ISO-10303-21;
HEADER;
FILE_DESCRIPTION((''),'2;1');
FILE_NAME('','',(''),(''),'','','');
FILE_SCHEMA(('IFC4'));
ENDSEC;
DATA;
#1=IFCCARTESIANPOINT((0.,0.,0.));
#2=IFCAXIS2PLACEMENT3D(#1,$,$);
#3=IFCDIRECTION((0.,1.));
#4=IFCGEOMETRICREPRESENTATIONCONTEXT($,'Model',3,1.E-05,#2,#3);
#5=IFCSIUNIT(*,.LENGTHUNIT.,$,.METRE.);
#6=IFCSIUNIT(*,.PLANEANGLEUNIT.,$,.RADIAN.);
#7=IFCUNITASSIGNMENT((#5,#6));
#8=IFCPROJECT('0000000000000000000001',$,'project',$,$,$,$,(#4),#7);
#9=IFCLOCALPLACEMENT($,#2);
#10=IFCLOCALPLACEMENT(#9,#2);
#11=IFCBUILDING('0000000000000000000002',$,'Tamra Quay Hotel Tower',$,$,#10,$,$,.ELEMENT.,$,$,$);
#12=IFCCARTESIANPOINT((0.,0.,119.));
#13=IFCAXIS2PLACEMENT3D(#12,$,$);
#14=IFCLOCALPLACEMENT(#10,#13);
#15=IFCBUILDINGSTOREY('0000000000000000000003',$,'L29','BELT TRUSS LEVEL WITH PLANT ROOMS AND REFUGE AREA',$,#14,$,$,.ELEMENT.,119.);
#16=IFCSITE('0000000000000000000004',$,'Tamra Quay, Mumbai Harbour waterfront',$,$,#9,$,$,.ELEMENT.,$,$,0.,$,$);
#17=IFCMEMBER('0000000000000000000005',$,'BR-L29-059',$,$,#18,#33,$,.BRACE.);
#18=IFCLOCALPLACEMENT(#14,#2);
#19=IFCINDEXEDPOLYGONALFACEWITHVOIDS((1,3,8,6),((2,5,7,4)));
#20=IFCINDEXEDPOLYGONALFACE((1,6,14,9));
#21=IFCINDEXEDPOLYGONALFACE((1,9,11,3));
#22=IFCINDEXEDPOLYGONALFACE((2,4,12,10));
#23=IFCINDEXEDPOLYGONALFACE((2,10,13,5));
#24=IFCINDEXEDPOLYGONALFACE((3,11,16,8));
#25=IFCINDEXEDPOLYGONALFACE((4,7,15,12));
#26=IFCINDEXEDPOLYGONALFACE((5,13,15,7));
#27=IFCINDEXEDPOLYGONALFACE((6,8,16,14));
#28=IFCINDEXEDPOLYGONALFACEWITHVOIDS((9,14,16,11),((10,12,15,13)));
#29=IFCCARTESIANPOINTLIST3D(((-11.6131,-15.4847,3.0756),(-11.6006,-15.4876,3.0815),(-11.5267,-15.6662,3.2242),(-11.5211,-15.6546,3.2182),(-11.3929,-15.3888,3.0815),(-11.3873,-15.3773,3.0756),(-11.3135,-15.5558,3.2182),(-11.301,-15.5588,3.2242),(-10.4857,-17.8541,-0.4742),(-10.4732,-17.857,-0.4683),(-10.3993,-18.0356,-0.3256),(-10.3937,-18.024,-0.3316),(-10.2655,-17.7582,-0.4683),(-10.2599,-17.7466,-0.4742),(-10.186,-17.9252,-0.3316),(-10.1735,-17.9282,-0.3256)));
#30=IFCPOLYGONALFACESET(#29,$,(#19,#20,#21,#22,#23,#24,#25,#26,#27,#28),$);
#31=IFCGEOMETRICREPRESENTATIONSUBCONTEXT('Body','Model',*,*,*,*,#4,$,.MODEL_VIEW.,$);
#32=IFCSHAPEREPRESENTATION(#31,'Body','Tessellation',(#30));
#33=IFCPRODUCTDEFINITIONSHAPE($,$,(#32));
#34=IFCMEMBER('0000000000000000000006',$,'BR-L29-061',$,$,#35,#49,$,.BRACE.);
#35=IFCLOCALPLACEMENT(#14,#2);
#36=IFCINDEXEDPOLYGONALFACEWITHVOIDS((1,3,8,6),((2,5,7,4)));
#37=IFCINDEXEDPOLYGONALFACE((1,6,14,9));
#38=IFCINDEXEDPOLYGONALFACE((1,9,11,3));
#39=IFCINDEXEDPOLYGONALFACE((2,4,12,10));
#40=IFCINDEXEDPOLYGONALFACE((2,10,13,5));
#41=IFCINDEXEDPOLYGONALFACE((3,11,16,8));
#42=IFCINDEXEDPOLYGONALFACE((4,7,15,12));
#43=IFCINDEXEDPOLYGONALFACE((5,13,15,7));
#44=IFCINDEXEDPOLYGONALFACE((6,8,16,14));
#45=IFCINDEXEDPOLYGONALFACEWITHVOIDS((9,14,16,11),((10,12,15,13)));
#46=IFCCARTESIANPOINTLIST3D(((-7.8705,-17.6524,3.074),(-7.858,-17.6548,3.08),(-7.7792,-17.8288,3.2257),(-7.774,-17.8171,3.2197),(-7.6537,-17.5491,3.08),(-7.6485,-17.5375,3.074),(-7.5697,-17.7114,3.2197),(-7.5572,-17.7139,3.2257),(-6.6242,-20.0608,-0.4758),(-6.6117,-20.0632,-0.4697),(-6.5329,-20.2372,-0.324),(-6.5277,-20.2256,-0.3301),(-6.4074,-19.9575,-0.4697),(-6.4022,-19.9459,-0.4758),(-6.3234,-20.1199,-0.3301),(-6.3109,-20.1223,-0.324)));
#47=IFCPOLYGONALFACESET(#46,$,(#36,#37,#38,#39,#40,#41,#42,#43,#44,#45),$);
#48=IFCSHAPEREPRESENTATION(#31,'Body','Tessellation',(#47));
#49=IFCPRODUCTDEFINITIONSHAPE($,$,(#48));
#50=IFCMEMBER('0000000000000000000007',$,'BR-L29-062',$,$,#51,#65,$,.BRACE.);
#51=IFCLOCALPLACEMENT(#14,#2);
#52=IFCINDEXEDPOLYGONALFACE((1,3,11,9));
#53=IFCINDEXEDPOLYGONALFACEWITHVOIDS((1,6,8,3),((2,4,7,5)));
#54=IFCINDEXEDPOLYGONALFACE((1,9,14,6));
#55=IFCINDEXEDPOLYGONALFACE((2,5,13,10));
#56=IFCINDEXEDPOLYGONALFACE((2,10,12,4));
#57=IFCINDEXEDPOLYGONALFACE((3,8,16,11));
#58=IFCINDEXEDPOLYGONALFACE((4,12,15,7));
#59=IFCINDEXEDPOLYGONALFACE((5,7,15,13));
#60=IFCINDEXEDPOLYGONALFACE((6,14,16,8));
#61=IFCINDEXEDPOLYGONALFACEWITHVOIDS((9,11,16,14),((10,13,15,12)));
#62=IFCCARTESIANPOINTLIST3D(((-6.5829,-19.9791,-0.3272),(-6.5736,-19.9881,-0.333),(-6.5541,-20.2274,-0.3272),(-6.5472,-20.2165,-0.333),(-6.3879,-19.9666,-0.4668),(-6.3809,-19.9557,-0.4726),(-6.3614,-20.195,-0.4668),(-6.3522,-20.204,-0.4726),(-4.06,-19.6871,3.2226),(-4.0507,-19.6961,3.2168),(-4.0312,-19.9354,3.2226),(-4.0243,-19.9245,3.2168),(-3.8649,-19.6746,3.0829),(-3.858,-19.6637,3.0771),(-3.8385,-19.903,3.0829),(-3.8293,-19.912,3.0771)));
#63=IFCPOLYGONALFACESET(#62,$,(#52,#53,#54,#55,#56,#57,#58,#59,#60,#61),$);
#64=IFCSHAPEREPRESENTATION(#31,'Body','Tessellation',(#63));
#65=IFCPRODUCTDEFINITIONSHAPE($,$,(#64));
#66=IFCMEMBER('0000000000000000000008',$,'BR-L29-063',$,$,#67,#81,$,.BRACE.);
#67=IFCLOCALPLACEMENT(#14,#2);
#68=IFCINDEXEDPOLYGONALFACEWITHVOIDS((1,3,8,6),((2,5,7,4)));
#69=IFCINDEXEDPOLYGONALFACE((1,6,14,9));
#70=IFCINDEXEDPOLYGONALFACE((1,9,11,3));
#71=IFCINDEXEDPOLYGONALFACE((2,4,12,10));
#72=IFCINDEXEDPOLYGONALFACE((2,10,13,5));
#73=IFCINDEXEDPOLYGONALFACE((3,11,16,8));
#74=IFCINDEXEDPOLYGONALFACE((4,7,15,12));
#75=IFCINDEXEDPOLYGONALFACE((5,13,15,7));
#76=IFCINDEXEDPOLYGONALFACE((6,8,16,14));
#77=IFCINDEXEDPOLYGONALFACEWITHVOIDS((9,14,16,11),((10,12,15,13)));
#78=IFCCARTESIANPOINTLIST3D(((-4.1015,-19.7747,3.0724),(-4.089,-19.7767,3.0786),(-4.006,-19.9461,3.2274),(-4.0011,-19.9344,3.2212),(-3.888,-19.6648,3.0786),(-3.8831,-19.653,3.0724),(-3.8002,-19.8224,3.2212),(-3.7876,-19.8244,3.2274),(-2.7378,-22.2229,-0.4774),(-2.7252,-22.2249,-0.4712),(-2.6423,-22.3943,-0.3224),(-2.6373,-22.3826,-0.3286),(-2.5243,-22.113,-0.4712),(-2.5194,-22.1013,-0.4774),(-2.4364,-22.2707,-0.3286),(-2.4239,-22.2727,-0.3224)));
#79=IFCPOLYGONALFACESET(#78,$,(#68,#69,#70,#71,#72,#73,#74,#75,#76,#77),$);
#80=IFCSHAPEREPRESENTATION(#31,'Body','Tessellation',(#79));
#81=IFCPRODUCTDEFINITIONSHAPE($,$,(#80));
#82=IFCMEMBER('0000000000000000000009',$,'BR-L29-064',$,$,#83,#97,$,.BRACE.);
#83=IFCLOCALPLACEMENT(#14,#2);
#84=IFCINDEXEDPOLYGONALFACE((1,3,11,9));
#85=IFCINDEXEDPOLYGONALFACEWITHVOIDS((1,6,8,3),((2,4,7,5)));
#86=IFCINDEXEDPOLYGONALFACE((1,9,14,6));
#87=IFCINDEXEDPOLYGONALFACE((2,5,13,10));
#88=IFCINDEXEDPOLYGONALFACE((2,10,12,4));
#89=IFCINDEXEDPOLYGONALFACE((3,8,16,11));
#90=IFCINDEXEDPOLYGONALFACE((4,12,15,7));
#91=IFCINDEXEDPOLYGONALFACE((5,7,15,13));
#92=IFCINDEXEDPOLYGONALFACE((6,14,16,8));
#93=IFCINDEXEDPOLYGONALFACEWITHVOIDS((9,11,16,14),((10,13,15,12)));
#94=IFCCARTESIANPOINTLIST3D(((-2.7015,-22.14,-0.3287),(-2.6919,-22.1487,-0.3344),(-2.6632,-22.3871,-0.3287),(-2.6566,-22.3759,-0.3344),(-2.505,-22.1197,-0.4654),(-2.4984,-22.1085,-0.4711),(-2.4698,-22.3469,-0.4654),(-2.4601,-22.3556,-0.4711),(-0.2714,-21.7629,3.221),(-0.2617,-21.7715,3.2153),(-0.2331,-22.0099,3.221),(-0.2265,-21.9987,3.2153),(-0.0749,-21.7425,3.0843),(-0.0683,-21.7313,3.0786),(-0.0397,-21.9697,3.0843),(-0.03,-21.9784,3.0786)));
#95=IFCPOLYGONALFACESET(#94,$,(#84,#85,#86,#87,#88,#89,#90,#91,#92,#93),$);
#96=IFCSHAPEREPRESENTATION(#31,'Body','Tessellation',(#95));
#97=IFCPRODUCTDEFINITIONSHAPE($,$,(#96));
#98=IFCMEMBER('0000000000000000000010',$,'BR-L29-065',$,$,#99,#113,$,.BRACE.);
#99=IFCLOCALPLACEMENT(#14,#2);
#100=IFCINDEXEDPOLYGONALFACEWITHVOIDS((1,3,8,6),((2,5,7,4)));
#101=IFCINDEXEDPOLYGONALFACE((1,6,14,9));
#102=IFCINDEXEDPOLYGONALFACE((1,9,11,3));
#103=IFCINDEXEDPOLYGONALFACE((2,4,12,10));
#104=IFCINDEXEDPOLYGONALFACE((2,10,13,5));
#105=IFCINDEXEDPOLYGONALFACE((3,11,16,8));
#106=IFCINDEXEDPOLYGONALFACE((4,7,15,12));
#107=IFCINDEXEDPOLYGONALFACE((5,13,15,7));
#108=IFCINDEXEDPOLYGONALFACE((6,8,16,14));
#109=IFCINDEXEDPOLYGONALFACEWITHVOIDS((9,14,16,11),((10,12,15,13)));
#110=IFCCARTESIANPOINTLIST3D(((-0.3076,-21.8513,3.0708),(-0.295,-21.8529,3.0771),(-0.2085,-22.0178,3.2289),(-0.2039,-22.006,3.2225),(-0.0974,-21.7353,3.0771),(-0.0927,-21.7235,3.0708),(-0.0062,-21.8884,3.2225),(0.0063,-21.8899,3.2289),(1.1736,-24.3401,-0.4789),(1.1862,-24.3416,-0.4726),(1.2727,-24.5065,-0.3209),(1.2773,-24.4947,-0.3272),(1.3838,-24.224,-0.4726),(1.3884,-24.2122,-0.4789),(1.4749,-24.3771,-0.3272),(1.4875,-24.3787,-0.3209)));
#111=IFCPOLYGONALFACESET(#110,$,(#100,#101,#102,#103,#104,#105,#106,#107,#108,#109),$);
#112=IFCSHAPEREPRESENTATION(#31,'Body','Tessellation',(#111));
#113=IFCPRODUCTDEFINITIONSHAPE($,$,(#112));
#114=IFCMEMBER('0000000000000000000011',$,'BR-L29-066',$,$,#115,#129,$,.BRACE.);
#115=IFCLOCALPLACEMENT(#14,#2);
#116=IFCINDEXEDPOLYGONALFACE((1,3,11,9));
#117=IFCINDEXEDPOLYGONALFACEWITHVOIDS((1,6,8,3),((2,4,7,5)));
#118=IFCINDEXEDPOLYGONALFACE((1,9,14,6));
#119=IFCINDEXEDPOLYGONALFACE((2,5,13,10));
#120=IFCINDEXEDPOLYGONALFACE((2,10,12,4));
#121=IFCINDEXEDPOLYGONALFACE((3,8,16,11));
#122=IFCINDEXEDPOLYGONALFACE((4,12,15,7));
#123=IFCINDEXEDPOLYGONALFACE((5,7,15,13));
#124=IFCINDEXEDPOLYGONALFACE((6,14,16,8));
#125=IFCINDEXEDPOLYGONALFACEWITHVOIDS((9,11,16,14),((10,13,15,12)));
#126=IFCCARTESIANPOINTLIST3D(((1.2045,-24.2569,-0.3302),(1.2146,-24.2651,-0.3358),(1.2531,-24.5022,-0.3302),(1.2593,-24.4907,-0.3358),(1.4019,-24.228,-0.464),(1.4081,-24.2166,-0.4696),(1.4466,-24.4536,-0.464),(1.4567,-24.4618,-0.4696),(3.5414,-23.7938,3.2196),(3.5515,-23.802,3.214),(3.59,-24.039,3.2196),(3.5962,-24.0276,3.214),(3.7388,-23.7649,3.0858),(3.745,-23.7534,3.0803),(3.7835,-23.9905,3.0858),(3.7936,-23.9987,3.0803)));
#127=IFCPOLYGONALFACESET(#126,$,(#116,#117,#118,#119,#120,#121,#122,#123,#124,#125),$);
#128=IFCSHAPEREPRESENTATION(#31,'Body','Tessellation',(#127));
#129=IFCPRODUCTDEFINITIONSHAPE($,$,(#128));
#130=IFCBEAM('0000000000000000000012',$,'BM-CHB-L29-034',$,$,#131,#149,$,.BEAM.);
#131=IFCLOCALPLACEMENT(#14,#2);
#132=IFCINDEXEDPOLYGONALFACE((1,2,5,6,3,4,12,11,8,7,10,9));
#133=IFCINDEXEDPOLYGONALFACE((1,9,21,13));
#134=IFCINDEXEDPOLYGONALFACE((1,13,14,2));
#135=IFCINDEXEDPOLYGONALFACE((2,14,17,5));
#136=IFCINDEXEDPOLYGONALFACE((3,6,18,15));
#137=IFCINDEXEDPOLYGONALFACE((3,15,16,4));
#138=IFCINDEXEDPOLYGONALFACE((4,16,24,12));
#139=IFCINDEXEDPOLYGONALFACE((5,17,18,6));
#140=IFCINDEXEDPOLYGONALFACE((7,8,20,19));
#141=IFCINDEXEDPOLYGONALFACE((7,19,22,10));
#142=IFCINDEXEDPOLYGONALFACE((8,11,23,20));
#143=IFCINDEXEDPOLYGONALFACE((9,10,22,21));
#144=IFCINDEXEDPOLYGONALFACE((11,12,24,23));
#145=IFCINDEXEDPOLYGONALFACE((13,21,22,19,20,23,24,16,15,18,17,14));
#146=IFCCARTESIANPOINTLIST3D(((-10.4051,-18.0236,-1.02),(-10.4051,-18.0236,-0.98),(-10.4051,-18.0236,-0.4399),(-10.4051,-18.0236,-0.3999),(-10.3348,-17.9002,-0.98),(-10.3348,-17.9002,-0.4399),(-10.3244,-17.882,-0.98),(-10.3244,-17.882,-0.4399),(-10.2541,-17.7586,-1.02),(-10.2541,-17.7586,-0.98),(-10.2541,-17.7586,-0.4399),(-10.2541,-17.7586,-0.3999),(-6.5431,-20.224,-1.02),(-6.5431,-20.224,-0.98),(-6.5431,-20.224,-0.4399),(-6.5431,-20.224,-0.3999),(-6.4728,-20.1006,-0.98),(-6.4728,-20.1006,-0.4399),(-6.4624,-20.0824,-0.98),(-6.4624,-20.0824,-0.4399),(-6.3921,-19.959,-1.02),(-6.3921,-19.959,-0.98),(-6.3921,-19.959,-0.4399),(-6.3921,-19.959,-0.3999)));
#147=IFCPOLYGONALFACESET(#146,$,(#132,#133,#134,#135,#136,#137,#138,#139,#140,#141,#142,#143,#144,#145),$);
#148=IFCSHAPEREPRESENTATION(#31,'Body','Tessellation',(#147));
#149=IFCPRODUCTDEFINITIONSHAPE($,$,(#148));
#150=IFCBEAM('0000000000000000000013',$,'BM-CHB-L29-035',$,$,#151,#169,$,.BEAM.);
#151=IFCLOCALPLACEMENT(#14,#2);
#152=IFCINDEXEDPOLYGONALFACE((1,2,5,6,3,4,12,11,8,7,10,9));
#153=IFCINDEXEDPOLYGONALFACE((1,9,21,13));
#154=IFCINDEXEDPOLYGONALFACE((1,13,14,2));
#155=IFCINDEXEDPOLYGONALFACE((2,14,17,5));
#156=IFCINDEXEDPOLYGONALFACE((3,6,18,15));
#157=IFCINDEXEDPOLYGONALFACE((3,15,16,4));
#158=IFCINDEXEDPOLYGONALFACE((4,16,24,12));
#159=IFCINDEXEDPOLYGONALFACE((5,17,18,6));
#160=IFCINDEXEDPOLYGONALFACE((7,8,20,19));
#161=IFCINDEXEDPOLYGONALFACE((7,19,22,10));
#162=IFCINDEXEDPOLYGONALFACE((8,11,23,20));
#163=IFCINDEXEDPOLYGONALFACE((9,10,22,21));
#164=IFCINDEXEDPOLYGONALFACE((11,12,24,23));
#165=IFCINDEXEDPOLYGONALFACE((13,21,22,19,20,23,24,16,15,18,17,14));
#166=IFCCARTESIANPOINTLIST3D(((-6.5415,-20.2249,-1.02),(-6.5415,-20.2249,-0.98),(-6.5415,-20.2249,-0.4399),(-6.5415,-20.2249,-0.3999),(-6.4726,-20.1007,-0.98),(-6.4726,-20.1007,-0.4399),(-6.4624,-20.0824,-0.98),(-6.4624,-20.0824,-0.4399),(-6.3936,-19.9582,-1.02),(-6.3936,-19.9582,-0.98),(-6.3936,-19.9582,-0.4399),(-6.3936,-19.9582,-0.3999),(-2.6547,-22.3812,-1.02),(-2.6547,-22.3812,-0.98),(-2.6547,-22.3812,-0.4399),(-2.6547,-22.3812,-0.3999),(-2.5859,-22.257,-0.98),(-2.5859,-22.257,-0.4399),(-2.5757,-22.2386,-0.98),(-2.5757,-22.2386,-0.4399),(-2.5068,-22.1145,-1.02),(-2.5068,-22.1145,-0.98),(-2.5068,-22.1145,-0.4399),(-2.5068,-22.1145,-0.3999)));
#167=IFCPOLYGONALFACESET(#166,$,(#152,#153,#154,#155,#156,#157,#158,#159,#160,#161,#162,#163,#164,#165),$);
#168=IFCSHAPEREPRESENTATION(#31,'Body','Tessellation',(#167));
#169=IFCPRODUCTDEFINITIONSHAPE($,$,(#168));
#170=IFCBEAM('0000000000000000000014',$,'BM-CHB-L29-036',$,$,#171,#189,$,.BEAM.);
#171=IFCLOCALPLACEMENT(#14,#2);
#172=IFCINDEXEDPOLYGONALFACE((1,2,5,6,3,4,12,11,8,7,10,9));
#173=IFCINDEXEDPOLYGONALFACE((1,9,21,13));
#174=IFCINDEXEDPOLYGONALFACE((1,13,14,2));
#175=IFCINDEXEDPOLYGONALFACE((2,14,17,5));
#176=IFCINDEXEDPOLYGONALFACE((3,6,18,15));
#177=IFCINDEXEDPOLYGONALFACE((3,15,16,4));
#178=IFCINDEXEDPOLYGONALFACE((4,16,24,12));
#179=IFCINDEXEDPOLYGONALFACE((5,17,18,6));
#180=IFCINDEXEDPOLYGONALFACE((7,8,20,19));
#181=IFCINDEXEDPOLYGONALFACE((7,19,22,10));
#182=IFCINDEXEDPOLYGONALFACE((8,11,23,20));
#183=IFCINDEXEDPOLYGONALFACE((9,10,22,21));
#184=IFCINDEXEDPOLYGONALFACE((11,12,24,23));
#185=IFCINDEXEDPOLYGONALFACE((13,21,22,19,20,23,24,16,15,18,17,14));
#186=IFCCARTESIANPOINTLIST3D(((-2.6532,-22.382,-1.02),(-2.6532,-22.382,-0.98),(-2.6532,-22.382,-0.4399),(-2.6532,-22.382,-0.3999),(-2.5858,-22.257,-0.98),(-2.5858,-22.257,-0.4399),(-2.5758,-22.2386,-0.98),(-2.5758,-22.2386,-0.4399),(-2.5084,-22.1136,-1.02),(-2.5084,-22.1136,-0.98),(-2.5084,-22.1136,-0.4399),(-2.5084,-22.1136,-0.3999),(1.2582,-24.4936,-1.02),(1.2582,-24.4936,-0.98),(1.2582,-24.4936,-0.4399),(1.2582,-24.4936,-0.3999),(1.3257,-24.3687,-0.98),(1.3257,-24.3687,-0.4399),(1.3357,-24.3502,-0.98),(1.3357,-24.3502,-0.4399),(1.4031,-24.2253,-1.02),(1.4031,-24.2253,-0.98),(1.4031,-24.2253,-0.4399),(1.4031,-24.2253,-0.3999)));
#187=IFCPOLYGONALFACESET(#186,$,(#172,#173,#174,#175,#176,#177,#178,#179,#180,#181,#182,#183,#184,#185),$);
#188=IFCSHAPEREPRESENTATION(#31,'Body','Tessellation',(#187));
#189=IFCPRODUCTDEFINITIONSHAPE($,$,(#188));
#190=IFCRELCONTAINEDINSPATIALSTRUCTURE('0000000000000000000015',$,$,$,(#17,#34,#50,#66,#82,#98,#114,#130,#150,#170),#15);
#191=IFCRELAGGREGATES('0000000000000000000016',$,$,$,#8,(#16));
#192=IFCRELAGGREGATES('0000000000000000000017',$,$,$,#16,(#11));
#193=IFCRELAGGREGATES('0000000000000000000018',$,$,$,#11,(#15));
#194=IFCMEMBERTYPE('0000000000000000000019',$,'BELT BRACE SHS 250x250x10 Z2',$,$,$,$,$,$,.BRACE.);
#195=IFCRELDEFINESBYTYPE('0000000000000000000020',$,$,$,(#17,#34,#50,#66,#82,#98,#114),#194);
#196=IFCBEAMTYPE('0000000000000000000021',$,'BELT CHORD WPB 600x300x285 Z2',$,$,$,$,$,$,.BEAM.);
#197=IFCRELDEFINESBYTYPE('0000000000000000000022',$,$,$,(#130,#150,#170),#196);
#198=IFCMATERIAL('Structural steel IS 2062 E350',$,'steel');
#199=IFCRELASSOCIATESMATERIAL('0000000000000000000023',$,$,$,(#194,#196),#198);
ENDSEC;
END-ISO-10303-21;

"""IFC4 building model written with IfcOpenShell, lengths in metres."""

from ifc_helpers import new_model, si_unit, direction, frame, origin, origin_2d, place, context, subcontext, project, spatial, hollow_rectangle, i_section, extrude, material, material_profile, profile_set, type_object, element, save


model = new_model("IFC4")

# Units and contexts
model_context = context("Model", 3, precision=1e-05, world=origin(), true_north=direction((0.0, 1.0)))
body_context = subcontext(model_context, "Body", "Model", "MODEL_VIEW")
ifc_project = project(units=[si_unit("LENGTHUNIT", "METRE"), si_unit("PLANEANGLEUNIT", "RADIAN")], contexts=[model_context])

# Site, building, storey
site_placement = place(None, origin())
site = spatial("IfcSite", under=ifc_project, at=site_placement, Name="Tamra Quay, Mumbai Harbour waterfront", CompositionType="ELEMENT", RefElevation=0.0)
building_placement = place(site_placement, origin())
building = spatial("IfcBuilding", under=site, at=building_placement, Name="Tamra Quay Hotel Tower", CompositionType="ELEMENT")
storey_placement = place(building_placement, frame((0.0, 0.0, 119.0)))
storey = spatial("IfcBuildingStorey", under=building, at=storey_placement, Name="L29", Description="BELT TRUSS LEVEL WITH PLANT ROOMS AND REFUGE AREA", CompositionType="ELEMENT", Elevation=119.0)

# Members
ifc_material_1 = material(Name="Structural steel IS 2062 E350", Category="steel")
ifc_material_profile_1 = material_profile(ifc_material_1, hollow_rectangle(XDim=0.25, YDim=0.25, WallThickness=0.01, at=origin_2d()), Name="SHS 250x250x10")
ifc_profile_set_1 = profile_set([ifc_material_profile_1], Name="Structural steel IS 2062 E350")
member_type = type_object("IfcMemberType", Name="BELT BRACE SHS 250x250x10 Z2", PredefinedType="BRACE", material=ifc_profile_set_1)
member_1_placement = place(storey_placement, frame((-10.3296, -17.8911, -0.3999), z_axis=(-0.255405, 0.53675, 0.804157), x_axis=(-0.902984, -0.429674, 0.0)))
element("IfcMember", 1, at=member_1_placement, inside=storey, type_object=member_type, Name="BR-L29-059", PredefinedType="BRACE", context=body_context, shape_type="SweptSolid", body=[
    extrude(hollow_rectangle(XDim=0.25, YDim=0.25, WallThickness=0.01, at=origin_2d()), origin(), (0.0, 0.0, 1.0), 4.4143),
])
member_2_placement = place(storey_placement, frame((-6.4675, -20.0916, -0.3999), z_axis=(-0.279003, 0.539151, 0.794653), x_axis=(-0.888129, -0.459594, 0.0)))
element("IfcMember", 2, at=member_2_placement, inside=storey, type_object=member_type, Name="BR-L29-061", PredefinedType="BRACE", context=body_context, shape_type="SweptSolid", body=[
    extrude(hollow_rectangle(XDim=0.25, YDim=0.25, WallThickness=0.01, at=origin_2d()), origin(), (0.0, 0.0, 1.0), 4.467),
])
member_3_placement = place(storey_placement, frame((-6.4675, -20.0916, -0.3999), z_axis=(0.578019, 0.066897, 0.813276), x_axis=(-0.114967, 0.993369, 0.0)))
element("IfcMember", 3, at=member_3_placement, inside=storey, type_object=member_type, Name="BR-L29-062", PredefinedType="BRACE", context=body_context, shape_type="SweptSolid", body=[
    extrude(hollow_rectangle(XDim=0.25, YDim=0.25, WallThickness=0.01, at=origin_2d()), origin(), (0.0, 0.0, 1.0), 4.3647),
])
member_4_placement = place(storey_placement, frame((-2.5808, -22.2478, -0.3999), z_axis=(-0.301538, 0.541322, 0.784885), x_axis=(-0.873606, -0.486634, 0.0)))
element("IfcMember", 4, at=member_4_placement, inside=storey, type_object=member_type, Name="BR-L29-063", PredefinedType="BRACE", context=body_context, shape_type="SweptSolid", body=[
    extrude(hollow_rectangle(XDim=0.25, YDim=0.25, WallThickness=0.01, at=origin_2d()), origin(), (0.0, 0.0, 1.0), 4.5227),
])
member_5_placement = place(storey_placement, frame((-2.5808, -22.2478, -0.3999), z_axis=(0.562741, 0.087345, 0.822006), x_axis=(-0.153377, 0.988168, 0.0)))
element("IfcMember", 5, at=member_5_placement, inside=storey, type_object=member_type, Name="BR-L29-064", PredefinedType="BRACE", context=body_context, shape_type="SweptSolid", body=[
    extrude(hollow_rectangle(XDim=0.25, YDim=0.25, WallThickness=0.01, at=origin_2d()), origin(), (0.0, 0.0, 1.0), 4.3184),
])
member_6_placement = place(storey_placement, frame((1.3306, -24.3594, -0.3999), z_axis=(-0.323309, 0.543236, 0.774833), x_axis=(-0.859325, -0.511431, 0.0)))
element("IfcMember", 6, at=member_6_placement, inside=storey, type_object=member_type, Name="BR-L29-065", PredefinedType="BRACE", context=body_context, shape_type="SweptSolid", body=[
    extrude(hollow_rectangle(XDim=0.25, YDim=0.25, WallThickness=0.01, at=origin_2d()), origin(), (0.0, 0.0, 1.0), 4.5813),
])
member_7_placement = place(storey_placement, frame((1.3306, -24.3594, -0.3999), z_axis=(0.546629, 0.108332, 0.830338), x_axis=(-0.194401, 0.980922, 0.0)))
element("IfcMember", 7, at=member_7_placement, inside=storey, type_object=member_type, Name="BR-L29-066", PredefinedType="BRACE", context=body_context, shape_type="SweptSolid", body=[
    extrude(hollow_rectangle(XDim=0.25, YDim=0.25, WallThickness=0.01, at=origin_2d()), origin(), (0.0, 0.0, 1.0), 4.2751),
])

# Beams
ifc_material_profile_2 = material_profile(ifc_material_1, i_section(OverallWidth=0.3049, OverallDepth=0.6201, WebThickness=0.021, FlangeThickness=0.04, at=origin_2d()), Name="WPB 600x300x285")
ifc_profile_set_2 = profile_set([ifc_material_profile_2], Name="Structural steel IS 2062 E350")
beam_type_1 = type_object("IfcBeamType", Name="BELT CHORD WPB 600x300x285 Z2", PredefinedType="BEAM", material=ifc_profile_set_2)
for number, where, z_axis, x_axis, name in (
    (8, (-10.3296, -17.8911, -0.71), (0.868868, -0.495044, 0.0), (0.495044, 0.868868, 0.0), "BM-CHB-L29-034"),
    (9, (-6.4675, -20.0916, -0.71), (0.874447, -0.485121, 0.0), (0.485121, 0.874447, 0.0), "BM-CHB-L29-035"),
):
    element("IfcBeam", number, at=place(storey_placement, frame(where, z_axis=z_axis, x_axis=x_axis)), inside=storey, type_object=beam_type_1, Name=name, PredefinedType="BEAM", context=body_context, shape_type="SweptSolid", body=[
        extrude(i_section(OverallWidth=0.3049, OverallDepth=0.6201, WebThickness=0.021, FlangeThickness=0.04, at=origin_2d()), origin(), (0.0, 0.0, 1.0), 4.4448),
    ])
beam_1_placement = place(storey_placement, frame((-2.5808, -22.2478, -0.71), z_axis=(0.879959, -0.475049, 0.0), x_axis=(0.475049, 0.879959, 0.0)))
element("IfcBeam", 10, at=beam_1_placement, inside=storey, type_object=beam_type_1, Name="BM-CHB-L29-036", PredefinedType="BEAM", context=body_context, shape_type="SweptSolid", body=[
    extrude(i_section(OverallWidth=0.3049, OverallDepth=0.6201, WebThickness=0.021, FlangeThickness=0.04, at=origin_2d()), origin(), (0.0, 0.0, 1.0), 4.4451),
])

save(model, "model.ifc")
